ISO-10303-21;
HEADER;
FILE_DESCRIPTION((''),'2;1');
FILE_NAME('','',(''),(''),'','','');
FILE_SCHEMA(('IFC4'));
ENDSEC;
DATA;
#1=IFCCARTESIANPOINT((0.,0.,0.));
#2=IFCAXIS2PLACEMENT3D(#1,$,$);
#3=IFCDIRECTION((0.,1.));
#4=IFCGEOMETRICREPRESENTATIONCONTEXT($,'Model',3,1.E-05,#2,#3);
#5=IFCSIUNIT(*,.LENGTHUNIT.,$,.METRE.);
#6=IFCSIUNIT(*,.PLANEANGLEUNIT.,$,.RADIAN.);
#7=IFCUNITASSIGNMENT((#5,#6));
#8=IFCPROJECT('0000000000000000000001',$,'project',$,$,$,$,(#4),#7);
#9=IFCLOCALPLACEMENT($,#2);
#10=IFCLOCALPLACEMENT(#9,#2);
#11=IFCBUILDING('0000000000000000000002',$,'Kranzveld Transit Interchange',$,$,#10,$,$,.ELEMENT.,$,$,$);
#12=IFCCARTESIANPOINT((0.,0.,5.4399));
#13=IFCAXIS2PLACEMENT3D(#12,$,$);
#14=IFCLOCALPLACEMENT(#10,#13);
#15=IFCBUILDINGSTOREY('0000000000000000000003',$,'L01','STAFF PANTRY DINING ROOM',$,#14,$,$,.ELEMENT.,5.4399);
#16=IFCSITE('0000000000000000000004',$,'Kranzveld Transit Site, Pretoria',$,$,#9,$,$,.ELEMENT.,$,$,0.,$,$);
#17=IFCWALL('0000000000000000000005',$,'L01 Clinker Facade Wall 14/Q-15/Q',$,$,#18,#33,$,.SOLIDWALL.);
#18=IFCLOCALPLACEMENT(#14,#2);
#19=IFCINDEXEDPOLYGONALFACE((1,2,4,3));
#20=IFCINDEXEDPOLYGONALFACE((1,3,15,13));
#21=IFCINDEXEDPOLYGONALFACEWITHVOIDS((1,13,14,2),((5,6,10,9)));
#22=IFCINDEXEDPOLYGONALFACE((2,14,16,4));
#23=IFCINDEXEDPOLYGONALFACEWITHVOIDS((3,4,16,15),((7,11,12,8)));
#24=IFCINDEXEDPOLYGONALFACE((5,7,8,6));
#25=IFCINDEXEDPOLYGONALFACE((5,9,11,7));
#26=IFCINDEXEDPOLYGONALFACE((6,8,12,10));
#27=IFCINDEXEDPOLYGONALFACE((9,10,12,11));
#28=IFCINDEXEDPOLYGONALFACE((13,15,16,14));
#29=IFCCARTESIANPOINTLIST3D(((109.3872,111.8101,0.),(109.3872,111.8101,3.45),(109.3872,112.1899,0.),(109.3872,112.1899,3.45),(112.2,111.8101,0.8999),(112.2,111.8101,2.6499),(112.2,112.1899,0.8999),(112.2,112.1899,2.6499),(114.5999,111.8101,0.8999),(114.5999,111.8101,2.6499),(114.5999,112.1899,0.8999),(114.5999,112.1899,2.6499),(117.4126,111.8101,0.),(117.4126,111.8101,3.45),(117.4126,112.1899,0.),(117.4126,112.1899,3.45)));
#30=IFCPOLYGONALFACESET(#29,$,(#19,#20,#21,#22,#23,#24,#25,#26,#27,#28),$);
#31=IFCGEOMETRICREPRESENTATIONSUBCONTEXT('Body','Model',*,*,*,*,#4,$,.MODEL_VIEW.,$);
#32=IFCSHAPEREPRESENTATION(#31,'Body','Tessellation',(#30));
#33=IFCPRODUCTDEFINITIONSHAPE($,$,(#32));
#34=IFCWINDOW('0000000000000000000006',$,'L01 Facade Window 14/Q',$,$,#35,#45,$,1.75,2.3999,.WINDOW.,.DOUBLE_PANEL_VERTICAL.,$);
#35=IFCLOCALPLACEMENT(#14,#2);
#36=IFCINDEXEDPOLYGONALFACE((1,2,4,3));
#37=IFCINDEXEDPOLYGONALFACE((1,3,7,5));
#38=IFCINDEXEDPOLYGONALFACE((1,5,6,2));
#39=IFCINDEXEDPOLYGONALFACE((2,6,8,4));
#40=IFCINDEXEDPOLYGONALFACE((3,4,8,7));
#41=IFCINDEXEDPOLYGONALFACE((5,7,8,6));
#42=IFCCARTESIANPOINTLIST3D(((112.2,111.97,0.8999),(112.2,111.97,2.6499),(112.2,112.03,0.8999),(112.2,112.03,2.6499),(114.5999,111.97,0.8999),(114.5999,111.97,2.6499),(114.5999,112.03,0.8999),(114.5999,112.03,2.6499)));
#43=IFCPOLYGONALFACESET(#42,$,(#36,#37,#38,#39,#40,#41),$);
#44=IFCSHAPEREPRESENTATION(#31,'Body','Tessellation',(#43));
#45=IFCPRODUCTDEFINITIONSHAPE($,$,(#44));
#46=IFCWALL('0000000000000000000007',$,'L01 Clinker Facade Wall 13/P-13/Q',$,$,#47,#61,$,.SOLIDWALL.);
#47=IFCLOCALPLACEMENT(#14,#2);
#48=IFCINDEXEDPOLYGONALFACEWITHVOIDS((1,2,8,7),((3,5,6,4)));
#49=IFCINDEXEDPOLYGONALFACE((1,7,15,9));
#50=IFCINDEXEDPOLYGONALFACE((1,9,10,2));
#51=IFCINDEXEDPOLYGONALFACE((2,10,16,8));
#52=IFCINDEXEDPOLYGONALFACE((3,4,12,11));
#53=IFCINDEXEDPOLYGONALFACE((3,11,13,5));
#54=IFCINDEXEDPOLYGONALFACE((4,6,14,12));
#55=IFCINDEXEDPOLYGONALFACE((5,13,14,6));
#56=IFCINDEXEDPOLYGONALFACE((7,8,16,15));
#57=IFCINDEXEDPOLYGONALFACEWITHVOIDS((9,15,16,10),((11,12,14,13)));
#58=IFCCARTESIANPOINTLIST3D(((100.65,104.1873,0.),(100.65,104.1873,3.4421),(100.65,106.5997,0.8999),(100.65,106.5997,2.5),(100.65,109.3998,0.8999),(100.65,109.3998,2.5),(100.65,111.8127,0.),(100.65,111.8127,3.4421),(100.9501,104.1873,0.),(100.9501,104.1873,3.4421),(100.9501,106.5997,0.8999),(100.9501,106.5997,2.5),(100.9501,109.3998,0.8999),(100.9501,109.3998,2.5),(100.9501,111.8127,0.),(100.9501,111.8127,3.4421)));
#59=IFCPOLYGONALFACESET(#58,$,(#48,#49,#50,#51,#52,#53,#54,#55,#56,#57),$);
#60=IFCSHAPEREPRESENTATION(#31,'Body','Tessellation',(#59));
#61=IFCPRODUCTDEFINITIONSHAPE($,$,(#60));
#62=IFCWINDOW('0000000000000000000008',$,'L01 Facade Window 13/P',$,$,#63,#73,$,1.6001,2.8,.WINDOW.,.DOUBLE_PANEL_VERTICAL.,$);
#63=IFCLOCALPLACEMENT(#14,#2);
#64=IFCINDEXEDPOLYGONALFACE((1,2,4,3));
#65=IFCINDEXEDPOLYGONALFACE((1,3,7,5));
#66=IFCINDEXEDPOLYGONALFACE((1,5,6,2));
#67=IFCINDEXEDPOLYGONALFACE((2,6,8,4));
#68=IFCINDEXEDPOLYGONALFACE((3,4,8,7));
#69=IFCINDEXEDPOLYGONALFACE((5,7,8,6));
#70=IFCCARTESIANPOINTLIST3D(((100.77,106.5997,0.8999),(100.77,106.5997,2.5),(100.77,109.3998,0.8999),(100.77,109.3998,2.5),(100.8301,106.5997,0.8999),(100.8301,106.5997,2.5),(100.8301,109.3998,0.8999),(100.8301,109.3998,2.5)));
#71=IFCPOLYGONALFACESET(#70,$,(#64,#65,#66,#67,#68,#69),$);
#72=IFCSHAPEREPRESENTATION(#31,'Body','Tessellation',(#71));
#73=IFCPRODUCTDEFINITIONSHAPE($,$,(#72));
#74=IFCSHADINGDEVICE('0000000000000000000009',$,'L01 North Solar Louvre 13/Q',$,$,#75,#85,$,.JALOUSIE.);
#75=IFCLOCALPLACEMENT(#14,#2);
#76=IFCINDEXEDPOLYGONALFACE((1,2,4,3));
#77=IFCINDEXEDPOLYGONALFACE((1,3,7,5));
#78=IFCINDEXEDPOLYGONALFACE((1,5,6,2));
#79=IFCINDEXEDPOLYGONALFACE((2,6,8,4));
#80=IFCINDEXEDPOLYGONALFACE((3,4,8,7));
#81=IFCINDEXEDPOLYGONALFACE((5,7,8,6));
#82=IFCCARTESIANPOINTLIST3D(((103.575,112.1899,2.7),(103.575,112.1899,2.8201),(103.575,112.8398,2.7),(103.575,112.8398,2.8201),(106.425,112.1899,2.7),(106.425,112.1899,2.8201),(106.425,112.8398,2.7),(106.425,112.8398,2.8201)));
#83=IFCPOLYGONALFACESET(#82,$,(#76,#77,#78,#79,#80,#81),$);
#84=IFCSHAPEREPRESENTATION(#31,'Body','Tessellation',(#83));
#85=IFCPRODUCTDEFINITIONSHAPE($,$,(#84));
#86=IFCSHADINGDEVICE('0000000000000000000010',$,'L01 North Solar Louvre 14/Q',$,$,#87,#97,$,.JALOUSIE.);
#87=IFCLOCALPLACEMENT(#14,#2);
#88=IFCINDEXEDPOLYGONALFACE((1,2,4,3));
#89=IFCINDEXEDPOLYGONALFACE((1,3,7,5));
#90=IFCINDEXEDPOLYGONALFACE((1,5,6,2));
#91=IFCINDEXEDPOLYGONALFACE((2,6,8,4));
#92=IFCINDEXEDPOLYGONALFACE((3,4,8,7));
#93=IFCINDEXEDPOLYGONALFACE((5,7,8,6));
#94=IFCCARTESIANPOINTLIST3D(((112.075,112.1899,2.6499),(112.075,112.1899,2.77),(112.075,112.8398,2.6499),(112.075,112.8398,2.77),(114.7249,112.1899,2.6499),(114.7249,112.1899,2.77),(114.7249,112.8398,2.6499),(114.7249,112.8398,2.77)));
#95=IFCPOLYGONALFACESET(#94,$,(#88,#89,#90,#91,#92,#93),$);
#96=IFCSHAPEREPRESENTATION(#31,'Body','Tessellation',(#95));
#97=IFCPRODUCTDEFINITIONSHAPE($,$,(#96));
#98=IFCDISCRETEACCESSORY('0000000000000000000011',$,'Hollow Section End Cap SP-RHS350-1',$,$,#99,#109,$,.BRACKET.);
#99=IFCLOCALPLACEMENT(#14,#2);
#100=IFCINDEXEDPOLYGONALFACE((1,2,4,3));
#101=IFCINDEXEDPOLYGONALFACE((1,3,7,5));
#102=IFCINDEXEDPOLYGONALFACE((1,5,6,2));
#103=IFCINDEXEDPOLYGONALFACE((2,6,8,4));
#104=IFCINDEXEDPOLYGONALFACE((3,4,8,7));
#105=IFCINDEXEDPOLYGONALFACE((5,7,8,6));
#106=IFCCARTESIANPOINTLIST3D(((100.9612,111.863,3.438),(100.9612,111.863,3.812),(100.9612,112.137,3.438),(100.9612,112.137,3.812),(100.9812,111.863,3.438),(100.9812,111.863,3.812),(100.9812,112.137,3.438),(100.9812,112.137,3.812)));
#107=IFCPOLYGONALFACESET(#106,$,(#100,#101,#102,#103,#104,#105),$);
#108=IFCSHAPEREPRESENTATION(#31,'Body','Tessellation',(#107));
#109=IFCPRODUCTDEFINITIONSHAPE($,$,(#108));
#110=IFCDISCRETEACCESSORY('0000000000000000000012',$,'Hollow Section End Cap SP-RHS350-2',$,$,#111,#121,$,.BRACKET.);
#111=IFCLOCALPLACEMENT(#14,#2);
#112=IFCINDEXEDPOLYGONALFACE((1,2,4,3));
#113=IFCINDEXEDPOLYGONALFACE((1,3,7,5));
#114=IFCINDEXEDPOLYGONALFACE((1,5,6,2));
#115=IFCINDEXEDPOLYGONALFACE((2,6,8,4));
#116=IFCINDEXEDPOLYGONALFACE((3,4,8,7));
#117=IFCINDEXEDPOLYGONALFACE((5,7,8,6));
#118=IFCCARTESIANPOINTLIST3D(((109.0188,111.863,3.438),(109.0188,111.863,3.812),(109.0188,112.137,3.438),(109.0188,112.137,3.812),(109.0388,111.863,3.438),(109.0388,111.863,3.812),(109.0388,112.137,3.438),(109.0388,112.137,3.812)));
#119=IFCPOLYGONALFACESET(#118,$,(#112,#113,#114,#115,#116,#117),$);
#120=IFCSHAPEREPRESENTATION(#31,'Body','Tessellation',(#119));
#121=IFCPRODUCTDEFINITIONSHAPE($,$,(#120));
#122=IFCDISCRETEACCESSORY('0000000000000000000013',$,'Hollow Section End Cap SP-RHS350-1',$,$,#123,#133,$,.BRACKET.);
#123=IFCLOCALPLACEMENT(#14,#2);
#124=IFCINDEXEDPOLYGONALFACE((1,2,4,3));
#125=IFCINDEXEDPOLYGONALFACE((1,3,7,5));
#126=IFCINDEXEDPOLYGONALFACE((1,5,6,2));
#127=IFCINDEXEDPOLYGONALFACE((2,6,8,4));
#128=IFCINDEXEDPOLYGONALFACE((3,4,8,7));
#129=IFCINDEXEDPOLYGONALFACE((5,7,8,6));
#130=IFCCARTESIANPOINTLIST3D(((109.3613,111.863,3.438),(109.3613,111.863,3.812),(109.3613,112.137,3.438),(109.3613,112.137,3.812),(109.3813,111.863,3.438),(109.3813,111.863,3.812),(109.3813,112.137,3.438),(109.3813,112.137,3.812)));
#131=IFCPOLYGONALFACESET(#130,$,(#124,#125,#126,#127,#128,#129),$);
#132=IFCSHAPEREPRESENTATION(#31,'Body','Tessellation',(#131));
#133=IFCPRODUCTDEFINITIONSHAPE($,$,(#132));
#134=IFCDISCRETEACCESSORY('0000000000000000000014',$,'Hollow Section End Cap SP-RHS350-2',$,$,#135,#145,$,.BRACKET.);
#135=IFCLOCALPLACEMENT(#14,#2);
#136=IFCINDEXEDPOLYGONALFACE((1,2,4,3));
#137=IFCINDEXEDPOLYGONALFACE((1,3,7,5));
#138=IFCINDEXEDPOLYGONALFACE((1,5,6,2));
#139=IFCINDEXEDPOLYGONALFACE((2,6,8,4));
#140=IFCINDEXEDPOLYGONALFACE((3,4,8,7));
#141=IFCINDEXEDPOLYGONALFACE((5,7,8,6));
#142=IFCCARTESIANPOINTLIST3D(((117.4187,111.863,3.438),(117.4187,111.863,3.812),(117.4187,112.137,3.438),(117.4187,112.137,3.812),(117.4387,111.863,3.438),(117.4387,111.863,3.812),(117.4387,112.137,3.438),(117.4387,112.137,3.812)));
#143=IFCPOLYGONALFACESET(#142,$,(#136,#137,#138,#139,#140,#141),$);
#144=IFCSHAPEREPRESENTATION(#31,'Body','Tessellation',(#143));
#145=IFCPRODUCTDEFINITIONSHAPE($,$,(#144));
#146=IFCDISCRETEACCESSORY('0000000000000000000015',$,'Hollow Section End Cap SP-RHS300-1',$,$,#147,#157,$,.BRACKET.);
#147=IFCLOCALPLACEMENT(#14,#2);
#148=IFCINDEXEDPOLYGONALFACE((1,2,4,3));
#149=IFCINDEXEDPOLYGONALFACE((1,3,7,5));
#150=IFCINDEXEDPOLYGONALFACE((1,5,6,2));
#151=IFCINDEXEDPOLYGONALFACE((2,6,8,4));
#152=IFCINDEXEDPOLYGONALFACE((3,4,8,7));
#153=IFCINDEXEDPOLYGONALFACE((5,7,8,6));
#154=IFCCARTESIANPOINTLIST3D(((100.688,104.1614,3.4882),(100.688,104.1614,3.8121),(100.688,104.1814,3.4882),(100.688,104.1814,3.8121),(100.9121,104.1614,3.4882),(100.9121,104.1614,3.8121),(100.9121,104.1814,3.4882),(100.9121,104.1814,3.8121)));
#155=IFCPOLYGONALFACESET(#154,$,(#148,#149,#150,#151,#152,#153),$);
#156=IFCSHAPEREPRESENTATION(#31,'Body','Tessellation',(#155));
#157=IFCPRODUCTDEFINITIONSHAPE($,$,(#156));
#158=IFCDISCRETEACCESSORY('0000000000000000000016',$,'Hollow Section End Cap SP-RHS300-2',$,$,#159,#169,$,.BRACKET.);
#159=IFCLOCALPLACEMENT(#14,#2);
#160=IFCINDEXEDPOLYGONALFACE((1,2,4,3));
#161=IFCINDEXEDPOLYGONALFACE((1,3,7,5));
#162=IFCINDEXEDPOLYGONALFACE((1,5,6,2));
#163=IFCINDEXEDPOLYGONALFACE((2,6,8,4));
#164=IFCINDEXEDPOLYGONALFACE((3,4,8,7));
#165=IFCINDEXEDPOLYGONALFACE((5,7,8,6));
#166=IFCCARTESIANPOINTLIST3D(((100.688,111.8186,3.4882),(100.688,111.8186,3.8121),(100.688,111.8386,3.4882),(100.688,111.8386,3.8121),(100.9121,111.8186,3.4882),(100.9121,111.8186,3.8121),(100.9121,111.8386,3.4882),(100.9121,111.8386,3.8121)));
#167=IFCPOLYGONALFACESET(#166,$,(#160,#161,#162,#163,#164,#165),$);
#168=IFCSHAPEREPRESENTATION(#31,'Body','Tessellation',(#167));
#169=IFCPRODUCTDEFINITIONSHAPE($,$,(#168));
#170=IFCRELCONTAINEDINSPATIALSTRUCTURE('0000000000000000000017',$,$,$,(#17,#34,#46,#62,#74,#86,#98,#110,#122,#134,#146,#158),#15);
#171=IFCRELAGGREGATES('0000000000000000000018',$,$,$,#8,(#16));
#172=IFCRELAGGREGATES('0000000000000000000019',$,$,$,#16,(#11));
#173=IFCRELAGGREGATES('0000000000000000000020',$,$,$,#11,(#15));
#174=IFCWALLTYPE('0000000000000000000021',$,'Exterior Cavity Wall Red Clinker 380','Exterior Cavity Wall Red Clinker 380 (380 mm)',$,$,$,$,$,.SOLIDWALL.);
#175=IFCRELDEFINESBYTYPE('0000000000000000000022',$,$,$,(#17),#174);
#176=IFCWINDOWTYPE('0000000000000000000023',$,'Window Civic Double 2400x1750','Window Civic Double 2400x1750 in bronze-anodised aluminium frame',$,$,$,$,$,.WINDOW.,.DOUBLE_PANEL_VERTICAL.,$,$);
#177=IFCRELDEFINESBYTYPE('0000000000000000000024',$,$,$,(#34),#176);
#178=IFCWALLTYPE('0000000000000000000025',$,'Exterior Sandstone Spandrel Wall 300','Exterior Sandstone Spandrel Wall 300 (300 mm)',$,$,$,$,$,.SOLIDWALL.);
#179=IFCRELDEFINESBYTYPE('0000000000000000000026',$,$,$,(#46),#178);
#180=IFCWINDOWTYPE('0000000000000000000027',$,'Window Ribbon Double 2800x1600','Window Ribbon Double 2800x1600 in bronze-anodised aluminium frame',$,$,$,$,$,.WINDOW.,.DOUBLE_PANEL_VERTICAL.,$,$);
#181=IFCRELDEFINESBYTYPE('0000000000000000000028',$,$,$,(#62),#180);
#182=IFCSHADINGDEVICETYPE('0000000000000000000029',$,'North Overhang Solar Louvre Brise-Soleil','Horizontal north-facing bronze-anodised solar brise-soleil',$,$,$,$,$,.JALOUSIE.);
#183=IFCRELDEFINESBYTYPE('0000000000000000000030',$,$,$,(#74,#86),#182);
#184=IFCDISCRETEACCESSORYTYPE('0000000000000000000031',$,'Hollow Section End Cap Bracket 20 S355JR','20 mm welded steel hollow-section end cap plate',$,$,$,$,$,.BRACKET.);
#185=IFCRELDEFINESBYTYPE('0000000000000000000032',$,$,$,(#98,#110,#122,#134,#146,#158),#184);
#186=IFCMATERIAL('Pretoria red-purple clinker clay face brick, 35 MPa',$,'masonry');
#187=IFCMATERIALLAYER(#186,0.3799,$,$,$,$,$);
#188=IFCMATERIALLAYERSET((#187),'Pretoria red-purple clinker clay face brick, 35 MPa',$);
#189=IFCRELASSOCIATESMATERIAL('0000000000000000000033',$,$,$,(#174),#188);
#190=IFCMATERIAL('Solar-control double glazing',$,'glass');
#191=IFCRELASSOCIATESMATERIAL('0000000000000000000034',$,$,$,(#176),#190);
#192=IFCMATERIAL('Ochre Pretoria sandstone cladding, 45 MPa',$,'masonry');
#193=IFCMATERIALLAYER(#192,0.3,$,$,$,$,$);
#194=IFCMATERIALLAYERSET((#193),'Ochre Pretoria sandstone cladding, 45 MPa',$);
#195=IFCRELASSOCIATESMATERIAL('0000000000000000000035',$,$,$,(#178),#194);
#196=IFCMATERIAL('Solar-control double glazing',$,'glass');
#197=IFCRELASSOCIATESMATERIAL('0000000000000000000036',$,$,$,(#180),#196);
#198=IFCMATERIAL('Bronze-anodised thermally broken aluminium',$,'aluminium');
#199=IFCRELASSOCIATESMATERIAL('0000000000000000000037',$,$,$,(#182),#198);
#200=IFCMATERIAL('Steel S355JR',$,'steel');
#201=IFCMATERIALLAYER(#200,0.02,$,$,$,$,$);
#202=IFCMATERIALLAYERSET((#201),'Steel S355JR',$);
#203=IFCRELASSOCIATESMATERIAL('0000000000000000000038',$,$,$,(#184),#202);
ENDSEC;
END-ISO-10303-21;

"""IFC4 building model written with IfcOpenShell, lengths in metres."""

from ifc_helpers import new_model, si_unit, direction, frame, frame_2d, origin, origin_2d, place, context, subcontext, project, spatial, rectangle, extrude, material, layer, layer_set, type_object, element, fill, save


model = new_model("IFC4")

# Units and contexts
model_context = context("Model", 3, precision=1e-05, world=origin(), true_north=direction((0.0, 1.0)))
body_context = subcontext(model_context, "Body", "Model", "MODEL_VIEW")
ifc_project = project(units=[si_unit("LENGTHUNIT", "METRE"), si_unit("PLANEANGLEUNIT", "RADIAN")], contexts=[model_context])

# Site, building, storey
site_placement = place(None, origin())
site = spatial("IfcSite", under=ifc_project, at=site_placement, Name="Kranzveld Transit Site, Pretoria", CompositionType="ELEMENT", RefElevation=0.0)
building_placement = place(site_placement, origin())
building = spatial("IfcBuilding", under=site, at=building_placement, Name="Kranzveld Transit Interchange", CompositionType="ELEMENT")
storey_placement = place(building_placement, frame((0.0, 0.0, 5.4399)))
storey = spatial("IfcBuildingStorey", under=building, at=storey_placement, Name="L01", Description="STAFF PANTRY DINING ROOM", CompositionType="ELEMENT", Elevation=5.4399)

# Walls, openings, windows
ifc_material_1 = material(Name="Pretoria red-purple clinker clay face brick, 35 MPa", Category="masonry")
ifc_layer_1 = layer(ifc_material_1, 0.3799)
ifc_layer_set_1 = layer_set([ifc_layer_1], Name="Pretoria red-purple clinker clay face brick, 35 MPa")
wall_type_1 = type_object("IfcWallType", Name="Exterior Cavity Wall Red Clinker 380", Description="Exterior Cavity Wall Red Clinker 380 (380 mm)", PredefinedType="SOLIDWALL", material=ifc_layer_set_1)
wall_1_placement = place(storey_placement, frame((109.3872, 112.0, 0.0), z_axis=(0.0, 0.0, 1.0), x_axis=(1.0, 0.0, 0.0)))
wall_1 = element("IfcWall", 1, at=wall_1_placement, inside=storey, type_object=wall_type_1, Name="L01 Clinker Facade Wall 14/Q-15/Q", PredefinedType="SOLIDWALL", context=body_context, shape_type="SweptSolid", body=[
    extrude(rectangle(XDim=8.0254, YDim=0.3799, at=frame_2d((4.0127, 0.0))), origin(), (0.0, 0.0, 1.0), 3.45),
])
opening_1_placement = place(wall_1_placement, frame((2.8127, 0.0, 0.8999), z_axis=(0.0, 0.0, 1.0), x_axis=(1.0, 0.0, 0.0)))
opening_1 = element("IfcOpeningElement", 2, at=opening_1_placement, cuts=wall_1, PredefinedType="OPENING", context=body_context, shape_type="SweptSolid", body=[
    extrude(rectangle(XDim=2.3999, YDim=1.75, at=frame_2d((1.2, 0.875))), frame((0.0, 0.2, 0.0), z_axis=(0.0, -1.0, 0.0), x_axis=(1.0, 0.0, 0.0)), (0.0, 0.0, 1.0), 0.3999),
])
ifc_material_2 = material(Name="Solar-control double glazing", Category="glass")
window_type_1 = type_object("IfcWindowType", Name="Window Civic Double 2400x1750", Description="Window Civic Double 2400x1750 in bronze-anodised aluminium frame", PartitioningType="DOUBLE_PANEL_VERTICAL", PredefinedType="WINDOW", material=ifc_material_2)
window_1_placement = place(opening_1_placement, origin())
window_1 = element("IfcWindow", 3, at=window_1_placement, inside=storey, type_object=window_type_1, Name="L01 Facade Window 14/Q", OverallHeight=1.75, OverallWidth=2.3999, PartitioningType="DOUBLE_PANEL_VERTICAL", PredefinedType="WINDOW", context=body_context, shape_type="SweptSolid", body=[
    extrude(rectangle(XDim=2.3999, YDim=1.75, at=frame_2d((1.2, 0.875))), frame((0.0, 0.03, 0.0), z_axis=(0.0, -1.0, 0.0), x_axis=(1.0, 0.0, 0.0)), (0.0, 0.0, 1.0), 0.0601),
])
fill(opening_1, window_1)
ifc_material_3 = material(Name="Ochre Pretoria sandstone cladding, 45 MPa", Category="masonry")
ifc_layer_2 = layer(ifc_material_3, 0.3)
ifc_layer_set_2 = layer_set([ifc_layer_2], Name="Ochre Pretoria sandstone cladding, 45 MPa")
wall_type_2 = type_object("IfcWallType", Name="Exterior Sandstone Spandrel Wall 300", Description="Exterior Sandstone Spandrel Wall 300 (300 mm)", PredefinedType="SOLIDWALL", material=ifc_layer_set_2)
wall_2_placement = place(storey_placement, frame((100.8, 104.1873, 0.0), z_axis=(0.0, 0.0, 1.0), x_axis=(0.0, 1.0, 0.0)))
wall_2 = element("IfcWall", 4, at=wall_2_placement, inside=storey, type_object=wall_type_2, Name="L01 Clinker Facade Wall 13/P-13/Q", PredefinedType="SOLIDWALL", context=body_context, shape_type="SweptSolid", body=[
    extrude(rectangle(XDim=7.6255, YDim=0.3, at=frame_2d((3.8127, 0.0))), origin(), (0.0, 0.0, 1.0), 3.4421),
])
opening_2_placement = place(wall_2_placement, frame((2.4126, 0.0, 0.8999), z_axis=(0.0, 0.0, 1.0), x_axis=(1.0, 0.0, 0.0)))
opening_2 = element("IfcOpeningElement", 5, at=opening_2_placement, cuts=wall_2, PredefinedType="OPENING", context=body_context, shape_type="SweptSolid", body=[
    extrude(rectangle(XDim=2.8, YDim=1.6001, at=frame_2d((1.3999, 0.8))), frame((0.0, 0.1599, 0.0), z_axis=(0.0, -1.0, 0.0), x_axis=(1.0, 0.0, 0.0)), (0.0, 0.0, 1.0), 0.3201),
])
ifc_material_4 = material(Name="Solar-control double glazing", Category="glass")
window_type_2 = type_object("IfcWindowType", Name="Window Ribbon Double 2800x1600", Description="Window Ribbon Double 2800x1600 in bronze-anodised aluminium frame", PartitioningType="DOUBLE_PANEL_VERTICAL", PredefinedType="WINDOW", material=ifc_material_4)
window_2_placement = place(opening_2_placement, origin())
window_2 = element("IfcWindow", 6, at=window_2_placement, inside=storey, type_object=window_type_2, Name="L01 Facade Window 13/P", OverallHeight=1.6001, OverallWidth=2.8, PartitioningType="DOUBLE_PANEL_VERTICAL", PredefinedType="WINDOW", context=body_context, shape_type="SweptSolid", body=[
    extrude(rectangle(XDim=2.8, YDim=1.6001, at=frame_2d((1.3999, 0.8))), frame((0.0, 0.03, 0.0), z_axis=(0.0, -1.0, 0.0), x_axis=(1.0, 0.0, 0.0)), (0.0, 0.0, 1.0), 0.0601),
])
fill(opening_2, window_2)

# Shading devices
ifc_material_5 = material(Name="Bronze-anodised thermally broken aluminium", Category="aluminium")
shading_device_type = type_object("IfcShadingDeviceType", Name="North Overhang Solar Louvre Brise-Soleil", Description="Horizontal north-facing bronze-anodised solar brise-soleil", PredefinedType="JALOUSIE", material=ifc_material_5)
shading_device_1_placement = place(storey_placement, frame((105.0, 112.5149, 2.7), z_axis=(0.0, 0.0, 1.0), x_axis=(1.0, 0.0, 0.0)))
element("IfcShadingDevice", 7, at=shading_device_1_placement, inside=storey, type_object=shading_device_type, Name="L01 North Solar Louvre 13/Q", PredefinedType="JALOUSIE", context=body_context, shape_type="SweptSolid", body=[
    extrude(rectangle(XDim=2.8501, YDim=0.6499, at=origin_2d()), origin(), (0.0, 0.0, 1.0), 0.1201),
])
shading_device_2_placement = place(storey_placement, frame((113.3999, 112.5149, 2.6499), z_axis=(0.0, 0.0, 1.0), x_axis=(1.0, 0.0, 0.0)))
element("IfcShadingDevice", 8, at=shading_device_2_placement, inside=storey, type_object=shading_device_type, Name="L01 North Solar Louvre 14/Q", PredefinedType="JALOUSIE", context=body_context, shape_type="SweptSolid", body=[
    extrude(rectangle(XDim=2.6499, YDim=0.6499, at=origin_2d()), origin(), (0.0, 0.0, 1.0), 0.1201),
])

# Discrete accessories
ifc_material_6 = material(Name="Steel S355JR", Category="steel")
ifc_layer_3 = layer(ifc_material_6, 0.02)
ifc_layer_set_3 = layer_set([ifc_layer_3], Name="Steel S355JR")
discrete_accessory_type = type_object("IfcDiscreteAccessoryType", Name="Hollow Section End Cap Bracket 20 S355JR", Description="20 mm welded steel hollow-section end cap plate", PredefinedType="BRACKET", material=ifc_layer_set_3)
for number, where, z_axis, x_axis, name in (
    (9, (100.9812, 112.0, 3.625), (-1.0, 0.0, 0.0), (0.0, -1.0, 0.0), "Hollow Section End Cap SP-RHS350-1"),
    (10, (109.0188, 112.0, 3.625), (1.0, 0.0, 0.0), (0.0, 1.0, 0.0), "Hollow Section End Cap SP-RHS350-2"),
    (11, (109.3813, 112.0, 3.625), (-1.0, 0.0, 0.0), (0.0, -1.0, 0.0), "Hollow Section End Cap SP-RHS350-1"),
    (12, (117.4187, 112.0, 3.625), (1.0, 0.0, 0.0), (0.0, 1.0, 0.0), "Hollow Section End Cap SP-RHS350-2"),
):
    element("IfcDiscreteAccessory", number, at=place(storey_placement, frame(where, z_axis=z_axis, x_axis=x_axis)), inside=storey, type_object=discrete_accessory_type, Name=name, PredefinedType="BRACKET", context=body_context, shape_type="SweptSolid", body=[
        extrude(rectangle(XDim=0.2739, YDim=0.374, at=origin_2d()), origin(), (0.0, 0.0, 1.0), 0.02),
    ])
for number, where, z_axis, x_axis, name in (
    (13, (100.8, 104.1814, 3.6501), (0.0, -1.0, 0.0), (1.0, 0.0, 0.0), "Hollow Section End Cap SP-RHS300-1"),
    (14, (100.8, 111.8186, 3.6501), (0.0, 1.0, 0.0), (-1.0, 0.0, 0.0), "Hollow Section End Cap SP-RHS300-2"),
):
    element("IfcDiscreteAccessory", number, at=place(storey_placement, frame(where, z_axis=z_axis, x_axis=x_axis)), inside=storey, type_object=discrete_accessory_type, Name=name, PredefinedType="BRACKET", context=body_context, shape_type="SweptSolid", body=[
        extrude(rectangle(XDim=0.2241, YDim=0.324, at=origin_2d()), origin(), (0.0, 0.0, 1.0), 0.02),
    ])

save(model, "model.ifc")
